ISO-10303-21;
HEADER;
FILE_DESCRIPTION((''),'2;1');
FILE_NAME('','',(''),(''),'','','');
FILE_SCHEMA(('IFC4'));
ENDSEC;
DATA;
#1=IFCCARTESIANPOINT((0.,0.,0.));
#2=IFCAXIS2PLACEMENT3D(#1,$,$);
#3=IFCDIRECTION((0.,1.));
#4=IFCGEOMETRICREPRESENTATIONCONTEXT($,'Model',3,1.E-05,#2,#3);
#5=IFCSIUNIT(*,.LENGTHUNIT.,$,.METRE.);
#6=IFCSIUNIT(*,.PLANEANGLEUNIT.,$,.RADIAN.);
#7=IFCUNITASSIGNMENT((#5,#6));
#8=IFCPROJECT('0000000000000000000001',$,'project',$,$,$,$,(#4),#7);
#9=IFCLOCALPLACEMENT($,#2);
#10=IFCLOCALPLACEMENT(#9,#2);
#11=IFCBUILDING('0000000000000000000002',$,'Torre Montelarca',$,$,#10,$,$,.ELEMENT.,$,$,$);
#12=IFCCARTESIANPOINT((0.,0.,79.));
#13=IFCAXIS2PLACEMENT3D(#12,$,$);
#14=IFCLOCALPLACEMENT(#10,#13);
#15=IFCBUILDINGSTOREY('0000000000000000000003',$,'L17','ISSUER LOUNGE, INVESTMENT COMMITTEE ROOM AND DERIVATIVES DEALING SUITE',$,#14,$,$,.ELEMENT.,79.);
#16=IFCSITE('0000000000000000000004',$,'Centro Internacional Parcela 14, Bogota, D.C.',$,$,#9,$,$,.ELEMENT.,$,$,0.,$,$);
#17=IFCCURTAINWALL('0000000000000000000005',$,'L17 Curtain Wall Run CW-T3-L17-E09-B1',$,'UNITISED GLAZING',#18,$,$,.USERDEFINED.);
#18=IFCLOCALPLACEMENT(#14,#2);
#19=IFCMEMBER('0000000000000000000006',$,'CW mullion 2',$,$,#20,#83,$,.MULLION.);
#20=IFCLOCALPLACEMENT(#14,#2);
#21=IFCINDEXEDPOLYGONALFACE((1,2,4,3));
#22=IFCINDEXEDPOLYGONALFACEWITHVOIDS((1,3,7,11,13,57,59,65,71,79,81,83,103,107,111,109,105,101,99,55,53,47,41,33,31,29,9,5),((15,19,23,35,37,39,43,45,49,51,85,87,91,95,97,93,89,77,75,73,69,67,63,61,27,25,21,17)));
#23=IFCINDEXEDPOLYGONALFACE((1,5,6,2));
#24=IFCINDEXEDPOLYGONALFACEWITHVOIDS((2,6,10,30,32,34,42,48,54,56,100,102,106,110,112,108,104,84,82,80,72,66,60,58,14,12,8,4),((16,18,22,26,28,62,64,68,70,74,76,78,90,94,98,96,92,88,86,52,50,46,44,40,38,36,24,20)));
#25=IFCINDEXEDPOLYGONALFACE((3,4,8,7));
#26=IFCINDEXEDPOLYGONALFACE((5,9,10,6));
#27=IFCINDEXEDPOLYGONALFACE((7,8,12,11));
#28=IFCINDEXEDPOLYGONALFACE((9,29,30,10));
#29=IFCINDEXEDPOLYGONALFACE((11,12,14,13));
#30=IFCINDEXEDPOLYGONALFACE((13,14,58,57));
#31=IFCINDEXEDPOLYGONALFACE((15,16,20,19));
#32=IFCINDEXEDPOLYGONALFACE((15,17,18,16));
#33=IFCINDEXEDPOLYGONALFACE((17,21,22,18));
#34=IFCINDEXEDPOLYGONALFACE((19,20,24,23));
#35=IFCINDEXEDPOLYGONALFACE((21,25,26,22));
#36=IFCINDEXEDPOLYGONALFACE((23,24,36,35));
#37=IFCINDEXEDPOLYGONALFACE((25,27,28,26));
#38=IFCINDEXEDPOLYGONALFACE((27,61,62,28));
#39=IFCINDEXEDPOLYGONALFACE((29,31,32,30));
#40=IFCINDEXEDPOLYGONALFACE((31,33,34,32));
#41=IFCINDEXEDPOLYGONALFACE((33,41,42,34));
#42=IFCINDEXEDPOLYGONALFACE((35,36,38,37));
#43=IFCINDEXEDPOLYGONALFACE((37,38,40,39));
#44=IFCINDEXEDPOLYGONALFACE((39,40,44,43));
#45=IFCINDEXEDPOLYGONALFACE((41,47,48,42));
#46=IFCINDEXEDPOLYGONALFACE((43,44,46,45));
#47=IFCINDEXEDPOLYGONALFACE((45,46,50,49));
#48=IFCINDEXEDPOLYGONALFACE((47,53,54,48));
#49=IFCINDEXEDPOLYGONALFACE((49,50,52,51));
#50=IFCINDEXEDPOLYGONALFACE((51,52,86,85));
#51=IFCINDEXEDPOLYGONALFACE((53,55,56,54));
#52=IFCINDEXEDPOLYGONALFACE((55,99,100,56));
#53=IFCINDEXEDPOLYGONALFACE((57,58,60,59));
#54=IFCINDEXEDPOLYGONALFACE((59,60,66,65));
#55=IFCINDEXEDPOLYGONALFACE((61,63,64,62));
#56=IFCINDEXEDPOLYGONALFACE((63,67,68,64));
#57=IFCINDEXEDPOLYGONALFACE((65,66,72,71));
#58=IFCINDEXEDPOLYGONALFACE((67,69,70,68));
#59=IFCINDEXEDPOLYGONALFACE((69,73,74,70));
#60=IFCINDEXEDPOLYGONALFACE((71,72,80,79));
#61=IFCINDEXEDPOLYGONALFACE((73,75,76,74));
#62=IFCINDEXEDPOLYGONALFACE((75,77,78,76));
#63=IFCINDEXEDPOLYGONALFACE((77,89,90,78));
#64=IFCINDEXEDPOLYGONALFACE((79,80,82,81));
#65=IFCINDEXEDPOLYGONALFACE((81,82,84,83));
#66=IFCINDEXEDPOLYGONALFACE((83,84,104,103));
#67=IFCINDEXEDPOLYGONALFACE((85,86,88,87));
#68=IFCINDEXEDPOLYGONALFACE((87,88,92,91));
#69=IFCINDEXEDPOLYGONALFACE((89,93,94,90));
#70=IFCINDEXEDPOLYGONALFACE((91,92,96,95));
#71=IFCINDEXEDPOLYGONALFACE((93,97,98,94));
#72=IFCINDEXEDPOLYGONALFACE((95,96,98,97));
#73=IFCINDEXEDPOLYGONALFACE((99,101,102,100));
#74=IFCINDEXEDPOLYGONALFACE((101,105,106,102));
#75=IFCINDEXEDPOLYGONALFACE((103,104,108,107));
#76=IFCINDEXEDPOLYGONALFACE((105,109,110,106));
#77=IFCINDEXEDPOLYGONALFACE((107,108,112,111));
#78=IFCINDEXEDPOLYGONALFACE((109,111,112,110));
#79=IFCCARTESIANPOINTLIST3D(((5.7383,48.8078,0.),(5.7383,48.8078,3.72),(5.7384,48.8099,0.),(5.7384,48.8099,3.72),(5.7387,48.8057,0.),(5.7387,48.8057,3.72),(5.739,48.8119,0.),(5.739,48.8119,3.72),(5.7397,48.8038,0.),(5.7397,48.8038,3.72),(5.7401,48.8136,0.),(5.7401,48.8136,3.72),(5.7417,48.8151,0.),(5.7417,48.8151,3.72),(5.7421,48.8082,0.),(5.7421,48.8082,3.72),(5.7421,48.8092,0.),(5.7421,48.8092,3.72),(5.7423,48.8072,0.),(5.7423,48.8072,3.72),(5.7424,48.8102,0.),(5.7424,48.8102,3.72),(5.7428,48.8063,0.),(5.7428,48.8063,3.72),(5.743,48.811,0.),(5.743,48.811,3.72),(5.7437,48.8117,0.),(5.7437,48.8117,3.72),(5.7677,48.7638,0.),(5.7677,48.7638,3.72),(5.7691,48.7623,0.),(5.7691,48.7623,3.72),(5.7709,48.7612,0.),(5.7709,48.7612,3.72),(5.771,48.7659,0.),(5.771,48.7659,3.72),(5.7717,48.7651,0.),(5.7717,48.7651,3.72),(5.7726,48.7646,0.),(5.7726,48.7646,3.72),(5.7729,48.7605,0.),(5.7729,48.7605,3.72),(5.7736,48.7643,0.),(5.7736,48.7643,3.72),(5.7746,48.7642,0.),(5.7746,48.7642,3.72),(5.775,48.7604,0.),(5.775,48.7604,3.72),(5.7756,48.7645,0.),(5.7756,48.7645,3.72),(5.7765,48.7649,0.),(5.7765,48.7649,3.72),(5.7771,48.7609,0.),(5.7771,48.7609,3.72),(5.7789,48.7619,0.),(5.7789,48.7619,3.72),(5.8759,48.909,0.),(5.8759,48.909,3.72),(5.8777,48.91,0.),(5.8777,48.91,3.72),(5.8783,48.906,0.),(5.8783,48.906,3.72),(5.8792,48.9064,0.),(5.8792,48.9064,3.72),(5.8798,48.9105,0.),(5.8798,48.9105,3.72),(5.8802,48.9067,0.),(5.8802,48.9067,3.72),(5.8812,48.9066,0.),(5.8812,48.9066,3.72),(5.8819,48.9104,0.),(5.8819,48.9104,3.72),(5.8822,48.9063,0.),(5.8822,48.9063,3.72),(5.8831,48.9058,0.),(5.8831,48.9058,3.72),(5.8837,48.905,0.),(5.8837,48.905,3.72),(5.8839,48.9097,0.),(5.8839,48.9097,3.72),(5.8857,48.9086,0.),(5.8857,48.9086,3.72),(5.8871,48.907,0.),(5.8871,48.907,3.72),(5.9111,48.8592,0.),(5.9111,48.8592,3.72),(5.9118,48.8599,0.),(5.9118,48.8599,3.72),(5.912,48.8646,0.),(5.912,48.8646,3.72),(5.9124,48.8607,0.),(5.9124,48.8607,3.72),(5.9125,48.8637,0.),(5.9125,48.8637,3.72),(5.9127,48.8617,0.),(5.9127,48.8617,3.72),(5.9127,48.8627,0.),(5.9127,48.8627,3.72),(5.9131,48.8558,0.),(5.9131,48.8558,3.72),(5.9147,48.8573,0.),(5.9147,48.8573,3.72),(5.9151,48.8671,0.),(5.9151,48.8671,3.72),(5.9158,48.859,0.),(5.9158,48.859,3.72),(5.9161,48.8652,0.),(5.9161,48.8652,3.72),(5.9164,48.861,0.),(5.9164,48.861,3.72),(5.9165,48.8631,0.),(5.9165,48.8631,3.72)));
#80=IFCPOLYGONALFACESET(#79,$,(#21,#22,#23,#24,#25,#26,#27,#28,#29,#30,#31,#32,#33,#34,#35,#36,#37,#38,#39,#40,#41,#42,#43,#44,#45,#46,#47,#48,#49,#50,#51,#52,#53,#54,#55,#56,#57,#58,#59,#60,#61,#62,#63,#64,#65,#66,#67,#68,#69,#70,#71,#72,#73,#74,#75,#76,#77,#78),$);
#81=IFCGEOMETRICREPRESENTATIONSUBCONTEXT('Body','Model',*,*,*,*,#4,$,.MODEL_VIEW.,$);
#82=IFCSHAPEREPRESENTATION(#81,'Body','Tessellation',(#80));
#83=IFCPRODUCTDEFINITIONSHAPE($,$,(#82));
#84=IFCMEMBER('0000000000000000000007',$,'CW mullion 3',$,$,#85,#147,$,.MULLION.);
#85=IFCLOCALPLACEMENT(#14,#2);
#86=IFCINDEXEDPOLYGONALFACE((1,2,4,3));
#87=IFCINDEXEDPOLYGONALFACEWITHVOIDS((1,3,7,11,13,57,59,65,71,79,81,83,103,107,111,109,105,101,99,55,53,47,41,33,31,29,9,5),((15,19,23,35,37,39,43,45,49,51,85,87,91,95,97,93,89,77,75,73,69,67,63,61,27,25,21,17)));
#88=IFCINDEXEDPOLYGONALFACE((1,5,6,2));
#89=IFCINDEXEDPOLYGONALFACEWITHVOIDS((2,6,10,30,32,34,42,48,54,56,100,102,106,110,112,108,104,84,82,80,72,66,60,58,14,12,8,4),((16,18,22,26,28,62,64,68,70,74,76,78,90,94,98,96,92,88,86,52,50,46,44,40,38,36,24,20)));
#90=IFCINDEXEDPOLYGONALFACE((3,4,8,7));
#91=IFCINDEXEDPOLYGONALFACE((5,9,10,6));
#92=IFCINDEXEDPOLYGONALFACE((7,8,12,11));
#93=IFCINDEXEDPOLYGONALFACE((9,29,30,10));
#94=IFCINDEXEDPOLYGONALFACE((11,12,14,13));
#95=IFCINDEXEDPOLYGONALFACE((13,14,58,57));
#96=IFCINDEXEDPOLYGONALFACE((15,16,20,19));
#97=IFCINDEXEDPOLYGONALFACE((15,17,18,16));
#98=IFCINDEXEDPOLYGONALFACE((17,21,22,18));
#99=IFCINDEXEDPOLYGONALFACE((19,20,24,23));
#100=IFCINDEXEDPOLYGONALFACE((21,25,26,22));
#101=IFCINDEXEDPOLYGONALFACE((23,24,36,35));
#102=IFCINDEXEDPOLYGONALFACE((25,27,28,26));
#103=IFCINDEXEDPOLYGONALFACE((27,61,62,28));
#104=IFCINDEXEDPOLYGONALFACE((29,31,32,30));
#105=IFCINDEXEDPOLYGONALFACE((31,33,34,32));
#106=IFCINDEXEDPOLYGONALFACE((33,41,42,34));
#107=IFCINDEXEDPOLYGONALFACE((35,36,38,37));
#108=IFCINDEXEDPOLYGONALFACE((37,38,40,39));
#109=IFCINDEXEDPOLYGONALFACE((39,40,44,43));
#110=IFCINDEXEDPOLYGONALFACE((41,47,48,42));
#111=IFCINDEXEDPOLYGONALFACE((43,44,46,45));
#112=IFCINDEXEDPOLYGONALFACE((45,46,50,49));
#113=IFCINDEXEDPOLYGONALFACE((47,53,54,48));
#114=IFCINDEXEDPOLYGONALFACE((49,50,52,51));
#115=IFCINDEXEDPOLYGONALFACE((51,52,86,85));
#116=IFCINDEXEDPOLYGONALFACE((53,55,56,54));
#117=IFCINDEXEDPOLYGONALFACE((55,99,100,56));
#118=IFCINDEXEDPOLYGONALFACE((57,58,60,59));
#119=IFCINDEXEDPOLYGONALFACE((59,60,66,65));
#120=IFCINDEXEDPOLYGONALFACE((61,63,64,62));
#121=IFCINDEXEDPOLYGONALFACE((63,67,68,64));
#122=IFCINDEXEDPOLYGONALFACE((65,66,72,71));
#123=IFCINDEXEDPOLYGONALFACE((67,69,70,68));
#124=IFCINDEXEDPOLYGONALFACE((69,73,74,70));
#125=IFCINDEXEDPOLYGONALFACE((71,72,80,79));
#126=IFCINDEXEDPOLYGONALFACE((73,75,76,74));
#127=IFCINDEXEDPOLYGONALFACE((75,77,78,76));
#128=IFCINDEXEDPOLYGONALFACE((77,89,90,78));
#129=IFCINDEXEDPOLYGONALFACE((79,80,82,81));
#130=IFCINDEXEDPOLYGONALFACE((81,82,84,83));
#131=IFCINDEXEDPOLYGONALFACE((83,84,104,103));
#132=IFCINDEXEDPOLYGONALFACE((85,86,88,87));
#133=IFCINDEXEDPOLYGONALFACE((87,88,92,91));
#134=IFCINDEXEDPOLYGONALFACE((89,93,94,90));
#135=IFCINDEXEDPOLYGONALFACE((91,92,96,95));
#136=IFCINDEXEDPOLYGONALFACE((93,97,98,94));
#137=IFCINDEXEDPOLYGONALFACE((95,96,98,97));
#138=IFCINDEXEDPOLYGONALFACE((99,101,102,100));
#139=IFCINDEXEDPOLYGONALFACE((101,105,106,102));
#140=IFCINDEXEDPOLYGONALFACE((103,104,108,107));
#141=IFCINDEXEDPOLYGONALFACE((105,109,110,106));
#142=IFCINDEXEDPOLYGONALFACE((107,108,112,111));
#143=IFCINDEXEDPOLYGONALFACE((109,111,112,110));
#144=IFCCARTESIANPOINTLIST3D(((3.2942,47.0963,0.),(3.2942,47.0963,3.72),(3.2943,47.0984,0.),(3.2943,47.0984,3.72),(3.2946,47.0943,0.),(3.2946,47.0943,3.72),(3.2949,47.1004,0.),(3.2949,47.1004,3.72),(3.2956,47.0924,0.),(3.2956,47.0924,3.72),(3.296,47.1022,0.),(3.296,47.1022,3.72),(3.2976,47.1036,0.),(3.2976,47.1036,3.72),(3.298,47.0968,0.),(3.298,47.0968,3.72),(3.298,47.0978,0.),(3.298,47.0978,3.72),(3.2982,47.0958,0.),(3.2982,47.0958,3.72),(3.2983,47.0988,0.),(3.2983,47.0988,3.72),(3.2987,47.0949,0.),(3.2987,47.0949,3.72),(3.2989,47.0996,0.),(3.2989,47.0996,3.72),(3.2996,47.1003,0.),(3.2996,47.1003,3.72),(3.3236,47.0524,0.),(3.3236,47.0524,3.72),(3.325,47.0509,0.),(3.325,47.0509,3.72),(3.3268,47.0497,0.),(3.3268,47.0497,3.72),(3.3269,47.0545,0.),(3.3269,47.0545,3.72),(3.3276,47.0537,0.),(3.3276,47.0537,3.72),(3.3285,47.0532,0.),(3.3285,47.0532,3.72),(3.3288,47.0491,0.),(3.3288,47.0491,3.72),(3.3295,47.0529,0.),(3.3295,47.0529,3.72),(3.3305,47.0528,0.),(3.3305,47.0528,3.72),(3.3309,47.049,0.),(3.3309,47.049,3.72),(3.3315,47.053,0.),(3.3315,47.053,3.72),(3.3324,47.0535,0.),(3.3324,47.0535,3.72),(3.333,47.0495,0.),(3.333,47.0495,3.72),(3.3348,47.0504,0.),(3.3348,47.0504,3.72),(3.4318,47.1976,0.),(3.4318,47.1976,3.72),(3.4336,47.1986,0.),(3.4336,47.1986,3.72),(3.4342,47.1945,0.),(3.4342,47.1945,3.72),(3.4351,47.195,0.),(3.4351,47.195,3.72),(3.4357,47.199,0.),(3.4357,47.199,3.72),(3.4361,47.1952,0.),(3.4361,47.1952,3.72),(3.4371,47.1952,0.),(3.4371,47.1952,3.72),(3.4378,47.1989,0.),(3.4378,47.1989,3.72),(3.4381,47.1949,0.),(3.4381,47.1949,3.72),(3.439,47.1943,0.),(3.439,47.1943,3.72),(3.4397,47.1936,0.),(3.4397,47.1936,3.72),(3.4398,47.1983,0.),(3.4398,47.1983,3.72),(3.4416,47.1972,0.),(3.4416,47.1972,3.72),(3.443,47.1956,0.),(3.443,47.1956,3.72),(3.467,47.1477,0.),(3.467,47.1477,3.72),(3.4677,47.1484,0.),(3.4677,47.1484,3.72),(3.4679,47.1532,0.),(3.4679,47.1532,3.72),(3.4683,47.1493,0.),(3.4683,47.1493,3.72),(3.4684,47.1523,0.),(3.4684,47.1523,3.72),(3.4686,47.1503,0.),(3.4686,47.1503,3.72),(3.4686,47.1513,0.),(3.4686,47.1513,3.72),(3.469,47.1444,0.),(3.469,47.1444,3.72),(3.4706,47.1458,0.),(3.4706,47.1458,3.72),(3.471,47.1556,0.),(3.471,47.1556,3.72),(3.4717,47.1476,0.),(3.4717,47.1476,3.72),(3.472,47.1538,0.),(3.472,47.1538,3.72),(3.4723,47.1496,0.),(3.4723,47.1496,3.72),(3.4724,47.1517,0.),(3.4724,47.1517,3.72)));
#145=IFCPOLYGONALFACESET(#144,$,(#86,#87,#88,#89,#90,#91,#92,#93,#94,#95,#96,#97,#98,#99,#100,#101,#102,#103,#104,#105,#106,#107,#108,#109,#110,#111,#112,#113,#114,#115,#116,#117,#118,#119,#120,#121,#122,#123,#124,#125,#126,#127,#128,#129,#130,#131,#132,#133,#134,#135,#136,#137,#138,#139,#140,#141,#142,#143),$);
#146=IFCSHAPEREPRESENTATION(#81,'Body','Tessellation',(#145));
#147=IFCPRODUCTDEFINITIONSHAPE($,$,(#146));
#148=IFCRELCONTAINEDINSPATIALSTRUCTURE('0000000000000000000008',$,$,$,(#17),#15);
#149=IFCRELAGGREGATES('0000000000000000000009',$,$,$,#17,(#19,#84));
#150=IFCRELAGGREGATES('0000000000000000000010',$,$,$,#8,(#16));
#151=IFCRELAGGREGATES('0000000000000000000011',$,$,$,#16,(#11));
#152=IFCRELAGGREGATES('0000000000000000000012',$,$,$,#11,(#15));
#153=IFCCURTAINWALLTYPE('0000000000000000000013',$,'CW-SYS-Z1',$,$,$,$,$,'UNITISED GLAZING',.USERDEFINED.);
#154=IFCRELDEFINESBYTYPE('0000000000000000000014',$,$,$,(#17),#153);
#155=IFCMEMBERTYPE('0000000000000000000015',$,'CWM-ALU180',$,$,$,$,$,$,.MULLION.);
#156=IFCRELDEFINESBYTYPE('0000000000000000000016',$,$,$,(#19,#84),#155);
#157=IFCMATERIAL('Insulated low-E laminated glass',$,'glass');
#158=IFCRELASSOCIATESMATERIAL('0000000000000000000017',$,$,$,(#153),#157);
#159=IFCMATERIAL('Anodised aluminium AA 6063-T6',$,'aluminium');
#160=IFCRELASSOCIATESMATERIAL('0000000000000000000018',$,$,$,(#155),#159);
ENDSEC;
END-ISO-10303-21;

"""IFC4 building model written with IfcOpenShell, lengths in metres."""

from ifc_helpers import new_model, si_unit, direction, frame, origin, origin_2d, place, context, subcontext, project, spatial, hollow_rectangle, extrude, source, transform, mapped, material, material_profile, profile_set, type_object, element, aggregate, save


model = new_model("IFC4")

# Units and contexts
model_context = context("Model", 3, precision=1e-05, world=origin(), true_north=direction((0.0, 1.0)))
body_context = subcontext(model_context, "Body", "Model", "MODEL_VIEW")
ifc_project = project(units=[si_unit("LENGTHUNIT", "METRE"), si_unit("PLANEANGLEUNIT", "RADIAN")], contexts=[model_context])

# Site, building, storey
site_placement = place(None, origin())
site = spatial("IfcSite", under=ifc_project, at=site_placement, Name="Centro Internacional Parcela 14, Bogota, D.C.", CompositionType="ELEMENT", RefElevation=0.0)
building_placement = place(site_placement, origin())
building = spatial("IfcBuilding", under=site, at=building_placement, Name="Torre Montelarca", CompositionType="ELEMENT")
storey_placement = place(building_placement, frame((0.0, 0.0, 79.0)))
storey = spatial("IfcBuildingStorey", under=building, at=storey_placement, Name="L17", Description="ISSUER LOUNGE, INVESTMENT COMMITTEE ROOM AND DERIVATIVES DEALING SUITE", CompositionType="ELEMENT", Elevation=79.0)

# Curtain wall
ifc_material_1 = material(Name="Insulated low-E laminated glass", Category="glass")
curtain_wall_type = type_object("IfcCurtainWallType", Name="CW-SYS-Z1", ElementType="UNITISED GLAZING", PredefinedType="USERDEFINED", material=ifc_material_1)
curtain_wall_1_placement = place(storey_placement, origin())
curtain_wall_1 = element("IfcCurtainWall", 1, at=curtain_wall_1_placement, inside=storey, type_object=curtain_wall_type, Name="L17 Curtain Wall Run CW-T3-L17-E09-B1", ObjectType="UNITISED GLAZING", PredefinedType="USERDEFINED")
ifc_material_2 = material(Name="Anodised aluminium AA 6063-T6", Category="aluminium")

# Shared definitions
ifc_material_profile_1 = material_profile(ifc_material_2, hollow_rectangle(XDim=0.0649, YDim=0.1799, WallThickness=0.0039, InnerFilletRadius=0.0039, OuterFilletRadius=0.0081, at=origin_2d()), Name="ALU65X180X4", Category="aluminium")
ifc_profile_set_1 = profile_set([ifc_material_profile_1], Name="Anodised aluminium AA 6063-T6")
member_type_1 = type_object("IfcMemberType", Name="CWM-ALU180", PredefinedType="MULLION", material=ifc_profile_set_1)
shared_shape_1 = source(origin(), body_context, "Body", "SweptSolid", [
    extrude(hollow_rectangle(XDim=0.0649, YDim=0.1799, WallThickness=0.0039, InnerFilletRadius=0.0039, OuterFilletRadius=0.0081, at=origin_2d()), origin(), (0.0, 0.0, 1.0), 3.72),
])

# Members
member_1_placement = place(storey_placement, frame((5.8274, 48.8354, 0.0), z_axis=(0.0, 0.0, 1.0), x_axis=(0.573554, -0.819168, 0.0)))
member_1 = element("IfcMember", 2, at=member_1_placement, type_object=member_type_1, Name="CW mullion 2", PredefinedType="MULLION", context=body_context, shape_type="MappedRepresentation", body=[
    mapped(shared_shape_1, transform((0.0, 0.0, 0.0), scale=1.0)),
])
member_2_placement = place(storey_placement, frame((3.3833, 47.124, 0.0), z_axis=(0.0, 0.0, 1.0), x_axis=(0.573554, -0.819168, 0.0)))
member_2 = element("IfcMember", 3, at=member_2_placement, type_object=member_type_1, Name="CW mullion 3", PredefinedType="MULLION", context=body_context, shape_type="MappedRepresentation", body=[
    mapped(shared_shape_1, transform((0.0, 0.0, 0.0), scale=1.0)),
])

aggregate(curtain_wall_1, [member_1, member_2])

save(model, "model.ifc")
